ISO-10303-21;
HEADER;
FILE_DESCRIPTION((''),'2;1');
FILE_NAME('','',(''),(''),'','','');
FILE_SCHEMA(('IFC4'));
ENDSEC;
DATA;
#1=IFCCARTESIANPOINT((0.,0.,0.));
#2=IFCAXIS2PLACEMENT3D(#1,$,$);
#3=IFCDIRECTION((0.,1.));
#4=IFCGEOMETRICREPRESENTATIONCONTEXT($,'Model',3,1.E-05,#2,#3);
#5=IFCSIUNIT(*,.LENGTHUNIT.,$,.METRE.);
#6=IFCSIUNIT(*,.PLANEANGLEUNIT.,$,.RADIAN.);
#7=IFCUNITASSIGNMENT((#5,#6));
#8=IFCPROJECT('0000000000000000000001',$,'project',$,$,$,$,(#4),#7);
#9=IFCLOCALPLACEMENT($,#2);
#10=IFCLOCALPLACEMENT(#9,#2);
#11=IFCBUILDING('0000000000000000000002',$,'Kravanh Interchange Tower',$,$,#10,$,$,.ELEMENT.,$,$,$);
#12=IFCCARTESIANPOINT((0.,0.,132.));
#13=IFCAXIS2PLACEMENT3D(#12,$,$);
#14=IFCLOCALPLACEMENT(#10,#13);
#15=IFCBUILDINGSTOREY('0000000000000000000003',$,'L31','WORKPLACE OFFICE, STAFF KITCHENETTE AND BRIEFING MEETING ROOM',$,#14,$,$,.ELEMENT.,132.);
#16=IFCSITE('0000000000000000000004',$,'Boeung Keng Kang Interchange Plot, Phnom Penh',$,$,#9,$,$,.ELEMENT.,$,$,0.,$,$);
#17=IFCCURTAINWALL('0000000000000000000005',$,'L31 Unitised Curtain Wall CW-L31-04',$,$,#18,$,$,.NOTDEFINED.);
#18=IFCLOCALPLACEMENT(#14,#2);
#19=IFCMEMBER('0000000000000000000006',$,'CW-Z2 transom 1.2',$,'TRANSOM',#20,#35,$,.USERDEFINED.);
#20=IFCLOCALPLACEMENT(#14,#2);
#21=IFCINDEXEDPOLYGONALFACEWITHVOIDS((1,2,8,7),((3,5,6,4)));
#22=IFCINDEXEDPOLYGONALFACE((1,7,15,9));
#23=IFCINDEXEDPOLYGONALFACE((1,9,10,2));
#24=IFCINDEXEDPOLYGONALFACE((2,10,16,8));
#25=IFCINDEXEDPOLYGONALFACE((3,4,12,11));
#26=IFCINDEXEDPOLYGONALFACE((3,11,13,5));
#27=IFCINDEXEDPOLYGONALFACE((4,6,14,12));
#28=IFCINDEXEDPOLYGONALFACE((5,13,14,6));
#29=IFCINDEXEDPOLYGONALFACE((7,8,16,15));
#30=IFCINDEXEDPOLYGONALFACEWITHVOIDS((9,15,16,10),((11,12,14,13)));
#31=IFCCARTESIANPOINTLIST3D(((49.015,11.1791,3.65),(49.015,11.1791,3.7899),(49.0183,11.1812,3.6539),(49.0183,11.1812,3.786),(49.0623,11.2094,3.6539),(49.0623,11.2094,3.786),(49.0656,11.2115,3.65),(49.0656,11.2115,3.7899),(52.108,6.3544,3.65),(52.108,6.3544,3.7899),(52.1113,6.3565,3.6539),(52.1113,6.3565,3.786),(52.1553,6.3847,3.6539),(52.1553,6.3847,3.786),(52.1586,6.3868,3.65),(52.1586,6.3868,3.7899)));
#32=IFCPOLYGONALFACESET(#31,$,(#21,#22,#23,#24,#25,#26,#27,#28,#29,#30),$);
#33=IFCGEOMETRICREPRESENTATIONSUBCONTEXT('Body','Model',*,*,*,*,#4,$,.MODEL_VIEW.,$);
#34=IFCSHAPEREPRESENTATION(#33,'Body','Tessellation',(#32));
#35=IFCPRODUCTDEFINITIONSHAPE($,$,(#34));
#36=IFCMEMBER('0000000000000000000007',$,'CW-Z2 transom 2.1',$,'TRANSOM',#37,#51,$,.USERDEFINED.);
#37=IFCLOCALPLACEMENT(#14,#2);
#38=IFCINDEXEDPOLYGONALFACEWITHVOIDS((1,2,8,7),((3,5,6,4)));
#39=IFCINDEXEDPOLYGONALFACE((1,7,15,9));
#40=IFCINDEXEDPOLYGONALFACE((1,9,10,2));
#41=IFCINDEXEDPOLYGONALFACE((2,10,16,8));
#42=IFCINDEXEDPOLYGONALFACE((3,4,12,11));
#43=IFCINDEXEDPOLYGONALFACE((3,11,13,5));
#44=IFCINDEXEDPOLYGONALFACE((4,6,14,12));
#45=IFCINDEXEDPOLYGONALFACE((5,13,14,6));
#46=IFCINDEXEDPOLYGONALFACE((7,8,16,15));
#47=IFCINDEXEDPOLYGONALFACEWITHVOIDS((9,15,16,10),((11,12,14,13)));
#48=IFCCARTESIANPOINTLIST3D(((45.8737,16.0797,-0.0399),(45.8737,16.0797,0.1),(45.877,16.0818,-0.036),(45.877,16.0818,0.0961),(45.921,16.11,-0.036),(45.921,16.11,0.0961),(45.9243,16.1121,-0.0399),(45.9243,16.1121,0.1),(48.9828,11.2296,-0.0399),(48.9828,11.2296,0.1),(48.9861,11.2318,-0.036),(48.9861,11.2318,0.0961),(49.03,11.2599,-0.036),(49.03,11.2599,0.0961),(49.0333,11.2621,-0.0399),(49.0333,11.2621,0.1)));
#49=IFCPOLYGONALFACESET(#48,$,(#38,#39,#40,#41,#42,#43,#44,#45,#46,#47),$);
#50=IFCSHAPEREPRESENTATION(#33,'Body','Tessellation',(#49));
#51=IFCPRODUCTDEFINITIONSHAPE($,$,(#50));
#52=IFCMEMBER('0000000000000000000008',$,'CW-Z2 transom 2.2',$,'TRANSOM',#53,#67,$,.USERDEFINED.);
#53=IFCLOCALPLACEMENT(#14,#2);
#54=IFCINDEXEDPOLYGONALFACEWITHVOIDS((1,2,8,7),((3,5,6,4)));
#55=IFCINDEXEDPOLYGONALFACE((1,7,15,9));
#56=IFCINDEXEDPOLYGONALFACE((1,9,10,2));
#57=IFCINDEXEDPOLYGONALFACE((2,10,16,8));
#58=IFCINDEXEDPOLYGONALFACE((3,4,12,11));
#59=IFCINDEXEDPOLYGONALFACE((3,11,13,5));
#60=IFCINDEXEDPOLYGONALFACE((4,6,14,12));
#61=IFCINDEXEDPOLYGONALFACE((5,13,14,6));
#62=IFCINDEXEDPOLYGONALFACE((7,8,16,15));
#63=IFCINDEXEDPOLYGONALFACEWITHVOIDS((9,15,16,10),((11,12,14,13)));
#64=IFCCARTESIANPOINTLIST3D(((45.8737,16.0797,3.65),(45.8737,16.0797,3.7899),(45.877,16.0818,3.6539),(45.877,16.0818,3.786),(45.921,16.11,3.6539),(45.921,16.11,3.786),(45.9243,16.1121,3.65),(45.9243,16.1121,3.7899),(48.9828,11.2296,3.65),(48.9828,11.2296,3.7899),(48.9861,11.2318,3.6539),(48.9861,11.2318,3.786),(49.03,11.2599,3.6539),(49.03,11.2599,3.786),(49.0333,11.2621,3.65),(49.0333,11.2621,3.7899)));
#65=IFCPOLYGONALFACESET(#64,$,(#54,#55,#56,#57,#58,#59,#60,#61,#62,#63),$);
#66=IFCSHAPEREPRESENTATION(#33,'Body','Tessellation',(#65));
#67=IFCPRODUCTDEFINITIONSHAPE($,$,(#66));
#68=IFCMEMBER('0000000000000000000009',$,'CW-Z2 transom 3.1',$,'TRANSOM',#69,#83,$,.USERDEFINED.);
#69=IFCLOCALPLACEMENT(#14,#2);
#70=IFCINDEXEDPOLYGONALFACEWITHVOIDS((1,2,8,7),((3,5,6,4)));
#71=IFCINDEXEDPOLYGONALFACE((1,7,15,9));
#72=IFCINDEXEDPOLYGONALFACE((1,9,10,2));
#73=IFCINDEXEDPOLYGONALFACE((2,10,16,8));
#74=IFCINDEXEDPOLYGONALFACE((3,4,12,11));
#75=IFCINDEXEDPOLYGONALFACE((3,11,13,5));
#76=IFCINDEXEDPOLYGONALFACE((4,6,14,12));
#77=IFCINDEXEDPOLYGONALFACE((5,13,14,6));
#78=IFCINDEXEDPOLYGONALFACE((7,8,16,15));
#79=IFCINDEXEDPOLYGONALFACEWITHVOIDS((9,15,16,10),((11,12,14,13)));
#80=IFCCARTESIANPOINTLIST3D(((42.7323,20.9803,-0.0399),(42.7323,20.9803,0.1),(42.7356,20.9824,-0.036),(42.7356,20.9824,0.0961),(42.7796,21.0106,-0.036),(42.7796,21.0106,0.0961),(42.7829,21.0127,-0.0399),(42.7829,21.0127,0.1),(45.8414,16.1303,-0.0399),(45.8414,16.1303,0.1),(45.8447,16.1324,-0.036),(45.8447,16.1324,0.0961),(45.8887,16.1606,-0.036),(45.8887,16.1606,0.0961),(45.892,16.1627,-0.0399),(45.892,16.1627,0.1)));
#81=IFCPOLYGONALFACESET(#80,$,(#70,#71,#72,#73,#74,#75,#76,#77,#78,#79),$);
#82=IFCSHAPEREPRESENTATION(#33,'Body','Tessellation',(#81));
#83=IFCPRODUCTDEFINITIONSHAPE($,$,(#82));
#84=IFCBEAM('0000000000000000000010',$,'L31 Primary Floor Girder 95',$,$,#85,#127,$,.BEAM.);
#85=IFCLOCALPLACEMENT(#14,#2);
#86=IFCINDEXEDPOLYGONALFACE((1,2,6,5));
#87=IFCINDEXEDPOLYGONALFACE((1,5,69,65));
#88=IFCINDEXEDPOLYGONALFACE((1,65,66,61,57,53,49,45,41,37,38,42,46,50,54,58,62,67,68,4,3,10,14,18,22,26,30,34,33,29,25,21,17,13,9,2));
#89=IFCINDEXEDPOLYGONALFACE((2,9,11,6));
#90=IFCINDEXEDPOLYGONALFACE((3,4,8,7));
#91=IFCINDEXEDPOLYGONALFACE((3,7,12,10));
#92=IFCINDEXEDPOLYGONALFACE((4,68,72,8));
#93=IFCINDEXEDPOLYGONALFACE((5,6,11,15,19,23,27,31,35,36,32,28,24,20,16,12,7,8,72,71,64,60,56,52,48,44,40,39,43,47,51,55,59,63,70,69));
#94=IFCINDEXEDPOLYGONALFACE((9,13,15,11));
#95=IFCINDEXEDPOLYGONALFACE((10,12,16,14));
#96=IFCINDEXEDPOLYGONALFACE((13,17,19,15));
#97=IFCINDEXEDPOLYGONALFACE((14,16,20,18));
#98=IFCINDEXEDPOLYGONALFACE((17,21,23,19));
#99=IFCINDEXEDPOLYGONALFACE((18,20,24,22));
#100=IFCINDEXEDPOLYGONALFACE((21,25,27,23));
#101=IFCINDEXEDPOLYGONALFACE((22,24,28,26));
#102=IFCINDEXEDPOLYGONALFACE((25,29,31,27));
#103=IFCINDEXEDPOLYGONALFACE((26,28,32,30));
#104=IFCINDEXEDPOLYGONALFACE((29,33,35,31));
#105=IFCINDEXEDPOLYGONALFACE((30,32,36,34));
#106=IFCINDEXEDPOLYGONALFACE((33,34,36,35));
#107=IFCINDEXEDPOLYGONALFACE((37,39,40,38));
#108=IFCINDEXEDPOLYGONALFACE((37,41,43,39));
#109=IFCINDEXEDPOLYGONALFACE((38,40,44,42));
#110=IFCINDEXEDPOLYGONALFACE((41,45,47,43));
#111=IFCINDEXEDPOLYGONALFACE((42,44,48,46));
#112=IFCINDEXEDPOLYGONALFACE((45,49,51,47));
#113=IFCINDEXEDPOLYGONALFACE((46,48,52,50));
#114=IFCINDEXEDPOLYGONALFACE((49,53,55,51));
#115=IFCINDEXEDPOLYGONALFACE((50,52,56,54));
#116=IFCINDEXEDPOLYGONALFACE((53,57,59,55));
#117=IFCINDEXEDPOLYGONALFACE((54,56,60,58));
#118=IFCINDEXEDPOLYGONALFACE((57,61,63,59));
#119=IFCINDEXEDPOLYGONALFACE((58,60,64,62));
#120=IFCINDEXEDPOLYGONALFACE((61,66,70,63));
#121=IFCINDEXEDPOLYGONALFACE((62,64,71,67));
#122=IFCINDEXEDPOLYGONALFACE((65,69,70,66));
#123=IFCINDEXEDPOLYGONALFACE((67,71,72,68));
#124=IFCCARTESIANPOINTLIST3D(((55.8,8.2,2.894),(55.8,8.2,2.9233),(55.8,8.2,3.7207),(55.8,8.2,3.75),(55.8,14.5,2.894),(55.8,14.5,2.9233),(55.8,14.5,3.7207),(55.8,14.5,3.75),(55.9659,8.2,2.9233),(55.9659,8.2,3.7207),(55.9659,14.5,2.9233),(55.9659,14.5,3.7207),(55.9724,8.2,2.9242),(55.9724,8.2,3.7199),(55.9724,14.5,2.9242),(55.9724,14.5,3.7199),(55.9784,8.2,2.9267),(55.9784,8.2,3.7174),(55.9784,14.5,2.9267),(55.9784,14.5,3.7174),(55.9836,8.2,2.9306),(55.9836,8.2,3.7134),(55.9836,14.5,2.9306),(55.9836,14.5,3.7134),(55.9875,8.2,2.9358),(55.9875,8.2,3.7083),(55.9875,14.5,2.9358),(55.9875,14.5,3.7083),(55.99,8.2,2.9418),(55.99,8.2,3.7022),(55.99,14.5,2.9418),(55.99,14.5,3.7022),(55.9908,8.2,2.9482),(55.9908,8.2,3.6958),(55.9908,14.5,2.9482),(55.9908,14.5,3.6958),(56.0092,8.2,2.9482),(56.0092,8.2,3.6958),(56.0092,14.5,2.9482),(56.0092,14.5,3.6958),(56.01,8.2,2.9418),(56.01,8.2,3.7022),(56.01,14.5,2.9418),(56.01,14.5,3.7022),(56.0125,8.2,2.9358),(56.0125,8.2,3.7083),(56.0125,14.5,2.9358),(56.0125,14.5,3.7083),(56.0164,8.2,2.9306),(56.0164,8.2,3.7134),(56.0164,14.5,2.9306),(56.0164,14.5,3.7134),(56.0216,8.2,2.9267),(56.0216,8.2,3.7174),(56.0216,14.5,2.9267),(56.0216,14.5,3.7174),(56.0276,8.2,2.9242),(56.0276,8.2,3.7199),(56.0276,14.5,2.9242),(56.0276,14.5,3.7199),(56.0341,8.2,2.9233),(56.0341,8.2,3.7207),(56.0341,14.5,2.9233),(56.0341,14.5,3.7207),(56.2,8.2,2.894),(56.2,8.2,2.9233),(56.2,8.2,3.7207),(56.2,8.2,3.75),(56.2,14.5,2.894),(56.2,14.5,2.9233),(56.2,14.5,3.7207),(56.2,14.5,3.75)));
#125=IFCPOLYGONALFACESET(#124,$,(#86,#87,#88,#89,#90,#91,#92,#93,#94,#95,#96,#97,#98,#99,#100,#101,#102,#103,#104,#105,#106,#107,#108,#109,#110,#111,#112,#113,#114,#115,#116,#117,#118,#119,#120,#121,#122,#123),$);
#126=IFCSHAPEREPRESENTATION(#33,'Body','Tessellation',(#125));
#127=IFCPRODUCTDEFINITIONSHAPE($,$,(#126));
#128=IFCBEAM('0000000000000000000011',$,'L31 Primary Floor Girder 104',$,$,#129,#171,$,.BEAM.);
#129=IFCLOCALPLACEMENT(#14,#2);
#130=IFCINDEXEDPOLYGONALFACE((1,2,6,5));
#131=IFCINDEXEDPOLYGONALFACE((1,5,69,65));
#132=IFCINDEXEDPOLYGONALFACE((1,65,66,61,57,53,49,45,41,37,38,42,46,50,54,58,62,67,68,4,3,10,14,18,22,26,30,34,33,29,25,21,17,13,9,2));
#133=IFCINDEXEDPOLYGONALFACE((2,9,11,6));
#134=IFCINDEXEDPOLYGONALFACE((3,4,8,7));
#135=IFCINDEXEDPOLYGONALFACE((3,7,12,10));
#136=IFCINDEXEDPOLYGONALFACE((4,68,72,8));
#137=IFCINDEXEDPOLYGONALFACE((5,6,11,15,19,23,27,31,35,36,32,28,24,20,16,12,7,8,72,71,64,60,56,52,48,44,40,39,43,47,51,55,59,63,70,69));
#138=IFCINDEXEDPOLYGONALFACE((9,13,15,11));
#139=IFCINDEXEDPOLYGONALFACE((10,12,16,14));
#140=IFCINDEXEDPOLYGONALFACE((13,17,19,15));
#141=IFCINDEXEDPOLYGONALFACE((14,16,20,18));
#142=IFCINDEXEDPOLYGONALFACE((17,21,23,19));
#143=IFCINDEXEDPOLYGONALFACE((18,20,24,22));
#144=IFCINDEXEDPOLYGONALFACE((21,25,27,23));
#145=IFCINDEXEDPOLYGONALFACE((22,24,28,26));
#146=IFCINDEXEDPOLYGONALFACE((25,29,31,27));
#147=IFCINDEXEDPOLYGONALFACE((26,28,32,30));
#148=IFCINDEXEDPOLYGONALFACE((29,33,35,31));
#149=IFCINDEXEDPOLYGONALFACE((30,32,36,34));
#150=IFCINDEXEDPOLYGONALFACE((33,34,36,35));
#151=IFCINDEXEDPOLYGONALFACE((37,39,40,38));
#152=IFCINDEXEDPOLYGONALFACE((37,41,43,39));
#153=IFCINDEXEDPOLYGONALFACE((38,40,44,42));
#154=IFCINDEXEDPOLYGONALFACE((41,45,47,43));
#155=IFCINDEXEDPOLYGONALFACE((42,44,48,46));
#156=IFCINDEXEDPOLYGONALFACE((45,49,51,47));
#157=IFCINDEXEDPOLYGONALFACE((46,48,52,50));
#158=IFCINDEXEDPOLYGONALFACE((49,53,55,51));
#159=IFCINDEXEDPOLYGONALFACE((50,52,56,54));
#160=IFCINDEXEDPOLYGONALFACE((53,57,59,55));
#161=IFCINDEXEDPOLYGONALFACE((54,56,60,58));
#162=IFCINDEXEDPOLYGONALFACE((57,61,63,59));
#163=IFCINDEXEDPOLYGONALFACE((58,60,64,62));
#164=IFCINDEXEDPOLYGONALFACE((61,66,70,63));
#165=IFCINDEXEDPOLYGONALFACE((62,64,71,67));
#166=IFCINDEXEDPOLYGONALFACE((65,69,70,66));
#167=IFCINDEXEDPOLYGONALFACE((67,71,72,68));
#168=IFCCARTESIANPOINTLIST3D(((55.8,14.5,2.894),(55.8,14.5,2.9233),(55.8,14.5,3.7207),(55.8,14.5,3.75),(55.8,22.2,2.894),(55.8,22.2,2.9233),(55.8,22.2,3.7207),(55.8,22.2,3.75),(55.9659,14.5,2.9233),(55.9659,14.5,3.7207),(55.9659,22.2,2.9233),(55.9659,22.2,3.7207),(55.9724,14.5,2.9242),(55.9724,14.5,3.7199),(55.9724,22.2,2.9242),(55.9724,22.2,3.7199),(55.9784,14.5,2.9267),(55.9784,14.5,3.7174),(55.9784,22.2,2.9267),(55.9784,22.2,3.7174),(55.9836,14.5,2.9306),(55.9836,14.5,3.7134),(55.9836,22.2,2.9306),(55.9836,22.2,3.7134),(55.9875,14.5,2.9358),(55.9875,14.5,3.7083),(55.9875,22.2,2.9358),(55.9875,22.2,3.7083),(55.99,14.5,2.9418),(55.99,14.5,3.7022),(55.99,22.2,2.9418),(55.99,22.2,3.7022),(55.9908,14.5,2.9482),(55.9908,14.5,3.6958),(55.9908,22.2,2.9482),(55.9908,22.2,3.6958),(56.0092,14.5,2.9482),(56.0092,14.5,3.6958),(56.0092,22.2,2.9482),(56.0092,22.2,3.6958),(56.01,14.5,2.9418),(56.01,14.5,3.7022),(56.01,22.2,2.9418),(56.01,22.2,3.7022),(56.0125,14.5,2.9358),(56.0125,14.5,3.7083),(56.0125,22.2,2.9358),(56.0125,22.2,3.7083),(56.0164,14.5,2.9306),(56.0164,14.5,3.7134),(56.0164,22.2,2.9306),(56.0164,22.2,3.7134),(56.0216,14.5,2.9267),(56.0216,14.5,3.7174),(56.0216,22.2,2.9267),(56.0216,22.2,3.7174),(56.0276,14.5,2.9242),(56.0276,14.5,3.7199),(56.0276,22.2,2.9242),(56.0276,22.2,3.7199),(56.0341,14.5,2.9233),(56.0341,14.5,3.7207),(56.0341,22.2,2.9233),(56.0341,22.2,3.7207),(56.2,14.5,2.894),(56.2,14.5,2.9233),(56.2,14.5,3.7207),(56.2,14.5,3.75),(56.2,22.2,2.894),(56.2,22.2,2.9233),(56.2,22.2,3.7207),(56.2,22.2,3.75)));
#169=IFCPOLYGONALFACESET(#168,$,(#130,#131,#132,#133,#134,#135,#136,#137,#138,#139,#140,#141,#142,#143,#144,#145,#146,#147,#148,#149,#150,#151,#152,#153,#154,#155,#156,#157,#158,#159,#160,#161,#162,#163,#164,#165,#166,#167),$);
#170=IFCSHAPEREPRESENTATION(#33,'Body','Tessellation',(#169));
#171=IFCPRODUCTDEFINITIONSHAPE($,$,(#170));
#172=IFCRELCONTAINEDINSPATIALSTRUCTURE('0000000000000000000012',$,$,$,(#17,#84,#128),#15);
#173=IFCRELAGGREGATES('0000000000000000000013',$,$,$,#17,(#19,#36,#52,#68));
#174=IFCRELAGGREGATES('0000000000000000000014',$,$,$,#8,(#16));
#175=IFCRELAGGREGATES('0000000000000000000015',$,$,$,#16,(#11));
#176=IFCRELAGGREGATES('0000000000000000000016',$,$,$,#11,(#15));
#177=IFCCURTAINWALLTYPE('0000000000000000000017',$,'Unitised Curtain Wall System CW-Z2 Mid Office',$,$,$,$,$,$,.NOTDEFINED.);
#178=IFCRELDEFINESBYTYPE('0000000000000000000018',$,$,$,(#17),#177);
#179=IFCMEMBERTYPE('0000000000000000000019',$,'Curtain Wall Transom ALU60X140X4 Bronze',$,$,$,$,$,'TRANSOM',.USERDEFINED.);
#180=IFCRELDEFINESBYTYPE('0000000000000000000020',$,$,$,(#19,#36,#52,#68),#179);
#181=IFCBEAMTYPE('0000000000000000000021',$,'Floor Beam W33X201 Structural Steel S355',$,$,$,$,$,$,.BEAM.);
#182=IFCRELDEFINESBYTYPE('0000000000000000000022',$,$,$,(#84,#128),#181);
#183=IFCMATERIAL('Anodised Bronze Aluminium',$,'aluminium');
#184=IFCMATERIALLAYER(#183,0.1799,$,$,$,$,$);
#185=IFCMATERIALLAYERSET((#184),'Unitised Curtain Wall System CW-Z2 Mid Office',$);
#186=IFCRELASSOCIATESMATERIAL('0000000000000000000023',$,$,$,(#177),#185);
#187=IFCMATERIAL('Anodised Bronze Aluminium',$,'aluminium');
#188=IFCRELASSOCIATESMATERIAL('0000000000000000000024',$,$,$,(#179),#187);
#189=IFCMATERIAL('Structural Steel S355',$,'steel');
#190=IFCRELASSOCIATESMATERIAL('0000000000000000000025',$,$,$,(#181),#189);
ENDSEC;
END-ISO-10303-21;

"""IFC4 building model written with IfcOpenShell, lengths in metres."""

from ifc_helpers import new_model, si_unit, direction, frame, origin, origin_2d, place, context, subcontext, project, spatial, hollow_rectangle, i_section, extrude, material, layer, layer_set, material_profile, profile_set, type_object, element, aggregate, save


model = new_model("IFC4")

# Units and contexts
model_context = context("Model", 3, precision=1e-05, world=origin(), true_north=direction((0.0, 1.0)))
body_context = subcontext(model_context, "Body", "Model", "MODEL_VIEW")
ifc_project = project(units=[si_unit("LENGTHUNIT", "METRE"), si_unit("PLANEANGLEUNIT", "RADIAN")], contexts=[model_context])

# Site, building, storey
site_placement = place(None, origin())
site = spatial("IfcSite", under=ifc_project, at=site_placement, Name="Boeung Keng Kang Interchange Plot, Phnom Penh", CompositionType="ELEMENT", RefElevation=0.0)
building_placement = place(site_placement, origin())
building = spatial("IfcBuilding", under=site, at=building_placement, Name="Kravanh Interchange Tower", CompositionType="ELEMENT")
storey_placement = place(building_placement, frame((0.0, 0.0, 132.0)))
storey = spatial("IfcBuildingStorey", under=building, at=storey_placement, Name="L31", Description="WORKPLACE OFFICE, STAFF KITCHENETTE AND BRIEFING MEETING ROOM", CompositionType="ELEMENT", Elevation=132.0)

# Shared definitions
ifc_material_1 = material(Name="Anodised Bronze Aluminium", Category="aluminium")
ifc_layer_1 = layer(ifc_material_1, 0.1799)
ifc_layer_set_1 = layer_set([ifc_layer_1], Name="Unitised Curtain Wall System CW-Z2 Mid Office")
curtain_wall_type = type_object("IfcCurtainWallType", Name="Unitised Curtain Wall System CW-Z2 Mid Office", PredefinedType="NOTDEFINED", material=ifc_layer_set_1)

# Curtain wall, members
curtain_wall_1_placement = place(storey_placement, origin())
curtain_wall_1 = element("IfcCurtainWall", 1, at=curtain_wall_1_placement, inside=storey, type_object=curtain_wall_type, Name="L31 Unitised Curtain Wall CW-L31-04", PredefinedType="NOTDEFINED")
ifc_material_2 = material(Name="Anodised Bronze Aluminium", Category="aluminium")
ifc_material_profile_1 = material_profile(ifc_material_2, hollow_rectangle(XDim=0.0601, YDim=0.1399, WallThickness=0.0039, at=origin_2d()), Name="ALU60X140X4")
ifc_profile_set_1 = profile_set([ifc_material_profile_1], Name="Anodised Bronze Aluminium")
member_type_1 = type_object("IfcMemberType", Name="Curtain Wall Transom ALU60X140X4 Bronze", ElementType="TRANSOM", PredefinedType="USERDEFINED", material=ifc_profile_set_1)
member_1_placement = place(storey_placement, frame((52.1333, 6.3706, 3.72), z_axis=(-0.539698, 0.841859, 0.0), x_axis=(-0.841859, -0.539698, 0.0)))
member_1 = element("IfcMember", 2, at=member_1_placement, type_object=member_type_1, Name="CW-Z2 transom 1.2", ObjectType="TRANSOM", PredefinedType="USERDEFINED", context=body_context, shape_type="SweptSolid", body=[
    extrude(hollow_rectangle(XDim=0.0601, YDim=0.1399, WallThickness=0.0039, at=origin_2d()), origin(), (0.0, 0.0, 1.0), 5.731),
])
member_2_placement = place(storey_placement, frame((49.0081, 11.2458, 0.03), z_axis=(-0.539678, 0.841872, 0.0), x_axis=(-0.841872, -0.539678, 0.0)))
member_2 = element("IfcMember", 3, at=member_2_placement, type_object=member_type_1, Name="CW-Z2 transom 2.1", ObjectType="TRANSOM", PredefinedType="USERDEFINED", context=body_context, shape_type="SweptSolid", body=[
    extrude(hollow_rectangle(XDim=0.0601, YDim=0.1399, WallThickness=0.0039, at=origin_2d()), origin(), (0.0, 0.0, 1.0), 5.761),
])
member_3_placement = place(storey_placement, frame((49.0081, 11.2458, 3.72), z_axis=(-0.539678, 0.841872, 0.0), x_axis=(-0.841872, -0.539678, 0.0)))
member_3 = element("IfcMember", 4, at=member_3_placement, type_object=member_type_1, Name="CW-Z2 transom 2.2", ObjectType="TRANSOM", PredefinedType="USERDEFINED", context=body_context, shape_type="SweptSolid", body=[
    extrude(hollow_rectangle(XDim=0.0601, YDim=0.1399, WallThickness=0.0039, at=origin_2d()), origin(), (0.0, 0.0, 1.0), 5.761),
])
member_4_placement = place(storey_placement, frame((45.8667, 16.1465, 0.03), z_axis=(-0.539678, 0.841872, 0.0), x_axis=(-0.841872, -0.539678, 0.0)))
member_4 = element("IfcMember", 5, at=member_4_placement, type_object=member_type_1, Name="CW-Z2 transom 3.1", ObjectType="TRANSOM", PredefinedType="USERDEFINED", context=body_context, shape_type="SweptSolid", body=[
    extrude(hollow_rectangle(XDim=0.0601, YDim=0.1399, WallThickness=0.0039, at=origin_2d()), origin(), (0.0, 0.0, 1.0), 5.761),
])

# Beams
ifc_material_3 = material(Name="Structural Steel S355", Category="steel")
ifc_material_profile_2 = material_profile(ifc_material_3, i_section(OverallWidth=0.3999, OverallDepth=0.856, WebThickness=0.0183, FlangeThickness=0.0293, FilletRadius=0.0249, at=origin_2d()), Name="W33X201")
ifc_profile_set_2 = profile_set([ifc_material_profile_2], Name="Structural Steel S355")
beam_type_1 = type_object("IfcBeamType", Name="Floor Beam W33X201 Structural Steel S355", PredefinedType="BEAM", material=ifc_profile_set_2)
beam_1_placement = place(storey_placement, frame((56.0, 8.2, 3.322), z_axis=(0.0, 1.0, 0.0), x_axis=(-1.0, 0.0, 0.0)))
element("IfcBeam", 6, at=beam_1_placement, inside=storey, type_object=beam_type_1, Name="L31 Primary Floor Girder 95", PredefinedType="BEAM", context=body_context, shape_type="SweptSolid", body=[
    extrude(i_section(OverallWidth=0.3999, OverallDepth=0.856, WebThickness=0.0183, FlangeThickness=0.0293, FilletRadius=0.0249, at=origin_2d()), origin(), (0.0, 0.0, 1.0), 6.3),
])
beam_2_placement = place(storey_placement, frame((56.0, 14.5, 3.322), z_axis=(0.0, 1.0, 0.0), x_axis=(-1.0, 0.0, 0.0)))
element("IfcBeam", 7, at=beam_2_placement, inside=storey, type_object=beam_type_1, Name="L31 Primary Floor Girder 104", PredefinedType="BEAM", context=body_context, shape_type="SweptSolid", body=[
    extrude(i_section(OverallWidth=0.3999, OverallDepth=0.856, WebThickness=0.0183, FlangeThickness=0.0293, FilletRadius=0.0249, at=origin_2d()), origin(), (0.0, 0.0, 1.0), 7.7),
])

aggregate(curtain_wall_1, [member_1, member_2, member_3, member_4])

save(model, "model.ifc")
